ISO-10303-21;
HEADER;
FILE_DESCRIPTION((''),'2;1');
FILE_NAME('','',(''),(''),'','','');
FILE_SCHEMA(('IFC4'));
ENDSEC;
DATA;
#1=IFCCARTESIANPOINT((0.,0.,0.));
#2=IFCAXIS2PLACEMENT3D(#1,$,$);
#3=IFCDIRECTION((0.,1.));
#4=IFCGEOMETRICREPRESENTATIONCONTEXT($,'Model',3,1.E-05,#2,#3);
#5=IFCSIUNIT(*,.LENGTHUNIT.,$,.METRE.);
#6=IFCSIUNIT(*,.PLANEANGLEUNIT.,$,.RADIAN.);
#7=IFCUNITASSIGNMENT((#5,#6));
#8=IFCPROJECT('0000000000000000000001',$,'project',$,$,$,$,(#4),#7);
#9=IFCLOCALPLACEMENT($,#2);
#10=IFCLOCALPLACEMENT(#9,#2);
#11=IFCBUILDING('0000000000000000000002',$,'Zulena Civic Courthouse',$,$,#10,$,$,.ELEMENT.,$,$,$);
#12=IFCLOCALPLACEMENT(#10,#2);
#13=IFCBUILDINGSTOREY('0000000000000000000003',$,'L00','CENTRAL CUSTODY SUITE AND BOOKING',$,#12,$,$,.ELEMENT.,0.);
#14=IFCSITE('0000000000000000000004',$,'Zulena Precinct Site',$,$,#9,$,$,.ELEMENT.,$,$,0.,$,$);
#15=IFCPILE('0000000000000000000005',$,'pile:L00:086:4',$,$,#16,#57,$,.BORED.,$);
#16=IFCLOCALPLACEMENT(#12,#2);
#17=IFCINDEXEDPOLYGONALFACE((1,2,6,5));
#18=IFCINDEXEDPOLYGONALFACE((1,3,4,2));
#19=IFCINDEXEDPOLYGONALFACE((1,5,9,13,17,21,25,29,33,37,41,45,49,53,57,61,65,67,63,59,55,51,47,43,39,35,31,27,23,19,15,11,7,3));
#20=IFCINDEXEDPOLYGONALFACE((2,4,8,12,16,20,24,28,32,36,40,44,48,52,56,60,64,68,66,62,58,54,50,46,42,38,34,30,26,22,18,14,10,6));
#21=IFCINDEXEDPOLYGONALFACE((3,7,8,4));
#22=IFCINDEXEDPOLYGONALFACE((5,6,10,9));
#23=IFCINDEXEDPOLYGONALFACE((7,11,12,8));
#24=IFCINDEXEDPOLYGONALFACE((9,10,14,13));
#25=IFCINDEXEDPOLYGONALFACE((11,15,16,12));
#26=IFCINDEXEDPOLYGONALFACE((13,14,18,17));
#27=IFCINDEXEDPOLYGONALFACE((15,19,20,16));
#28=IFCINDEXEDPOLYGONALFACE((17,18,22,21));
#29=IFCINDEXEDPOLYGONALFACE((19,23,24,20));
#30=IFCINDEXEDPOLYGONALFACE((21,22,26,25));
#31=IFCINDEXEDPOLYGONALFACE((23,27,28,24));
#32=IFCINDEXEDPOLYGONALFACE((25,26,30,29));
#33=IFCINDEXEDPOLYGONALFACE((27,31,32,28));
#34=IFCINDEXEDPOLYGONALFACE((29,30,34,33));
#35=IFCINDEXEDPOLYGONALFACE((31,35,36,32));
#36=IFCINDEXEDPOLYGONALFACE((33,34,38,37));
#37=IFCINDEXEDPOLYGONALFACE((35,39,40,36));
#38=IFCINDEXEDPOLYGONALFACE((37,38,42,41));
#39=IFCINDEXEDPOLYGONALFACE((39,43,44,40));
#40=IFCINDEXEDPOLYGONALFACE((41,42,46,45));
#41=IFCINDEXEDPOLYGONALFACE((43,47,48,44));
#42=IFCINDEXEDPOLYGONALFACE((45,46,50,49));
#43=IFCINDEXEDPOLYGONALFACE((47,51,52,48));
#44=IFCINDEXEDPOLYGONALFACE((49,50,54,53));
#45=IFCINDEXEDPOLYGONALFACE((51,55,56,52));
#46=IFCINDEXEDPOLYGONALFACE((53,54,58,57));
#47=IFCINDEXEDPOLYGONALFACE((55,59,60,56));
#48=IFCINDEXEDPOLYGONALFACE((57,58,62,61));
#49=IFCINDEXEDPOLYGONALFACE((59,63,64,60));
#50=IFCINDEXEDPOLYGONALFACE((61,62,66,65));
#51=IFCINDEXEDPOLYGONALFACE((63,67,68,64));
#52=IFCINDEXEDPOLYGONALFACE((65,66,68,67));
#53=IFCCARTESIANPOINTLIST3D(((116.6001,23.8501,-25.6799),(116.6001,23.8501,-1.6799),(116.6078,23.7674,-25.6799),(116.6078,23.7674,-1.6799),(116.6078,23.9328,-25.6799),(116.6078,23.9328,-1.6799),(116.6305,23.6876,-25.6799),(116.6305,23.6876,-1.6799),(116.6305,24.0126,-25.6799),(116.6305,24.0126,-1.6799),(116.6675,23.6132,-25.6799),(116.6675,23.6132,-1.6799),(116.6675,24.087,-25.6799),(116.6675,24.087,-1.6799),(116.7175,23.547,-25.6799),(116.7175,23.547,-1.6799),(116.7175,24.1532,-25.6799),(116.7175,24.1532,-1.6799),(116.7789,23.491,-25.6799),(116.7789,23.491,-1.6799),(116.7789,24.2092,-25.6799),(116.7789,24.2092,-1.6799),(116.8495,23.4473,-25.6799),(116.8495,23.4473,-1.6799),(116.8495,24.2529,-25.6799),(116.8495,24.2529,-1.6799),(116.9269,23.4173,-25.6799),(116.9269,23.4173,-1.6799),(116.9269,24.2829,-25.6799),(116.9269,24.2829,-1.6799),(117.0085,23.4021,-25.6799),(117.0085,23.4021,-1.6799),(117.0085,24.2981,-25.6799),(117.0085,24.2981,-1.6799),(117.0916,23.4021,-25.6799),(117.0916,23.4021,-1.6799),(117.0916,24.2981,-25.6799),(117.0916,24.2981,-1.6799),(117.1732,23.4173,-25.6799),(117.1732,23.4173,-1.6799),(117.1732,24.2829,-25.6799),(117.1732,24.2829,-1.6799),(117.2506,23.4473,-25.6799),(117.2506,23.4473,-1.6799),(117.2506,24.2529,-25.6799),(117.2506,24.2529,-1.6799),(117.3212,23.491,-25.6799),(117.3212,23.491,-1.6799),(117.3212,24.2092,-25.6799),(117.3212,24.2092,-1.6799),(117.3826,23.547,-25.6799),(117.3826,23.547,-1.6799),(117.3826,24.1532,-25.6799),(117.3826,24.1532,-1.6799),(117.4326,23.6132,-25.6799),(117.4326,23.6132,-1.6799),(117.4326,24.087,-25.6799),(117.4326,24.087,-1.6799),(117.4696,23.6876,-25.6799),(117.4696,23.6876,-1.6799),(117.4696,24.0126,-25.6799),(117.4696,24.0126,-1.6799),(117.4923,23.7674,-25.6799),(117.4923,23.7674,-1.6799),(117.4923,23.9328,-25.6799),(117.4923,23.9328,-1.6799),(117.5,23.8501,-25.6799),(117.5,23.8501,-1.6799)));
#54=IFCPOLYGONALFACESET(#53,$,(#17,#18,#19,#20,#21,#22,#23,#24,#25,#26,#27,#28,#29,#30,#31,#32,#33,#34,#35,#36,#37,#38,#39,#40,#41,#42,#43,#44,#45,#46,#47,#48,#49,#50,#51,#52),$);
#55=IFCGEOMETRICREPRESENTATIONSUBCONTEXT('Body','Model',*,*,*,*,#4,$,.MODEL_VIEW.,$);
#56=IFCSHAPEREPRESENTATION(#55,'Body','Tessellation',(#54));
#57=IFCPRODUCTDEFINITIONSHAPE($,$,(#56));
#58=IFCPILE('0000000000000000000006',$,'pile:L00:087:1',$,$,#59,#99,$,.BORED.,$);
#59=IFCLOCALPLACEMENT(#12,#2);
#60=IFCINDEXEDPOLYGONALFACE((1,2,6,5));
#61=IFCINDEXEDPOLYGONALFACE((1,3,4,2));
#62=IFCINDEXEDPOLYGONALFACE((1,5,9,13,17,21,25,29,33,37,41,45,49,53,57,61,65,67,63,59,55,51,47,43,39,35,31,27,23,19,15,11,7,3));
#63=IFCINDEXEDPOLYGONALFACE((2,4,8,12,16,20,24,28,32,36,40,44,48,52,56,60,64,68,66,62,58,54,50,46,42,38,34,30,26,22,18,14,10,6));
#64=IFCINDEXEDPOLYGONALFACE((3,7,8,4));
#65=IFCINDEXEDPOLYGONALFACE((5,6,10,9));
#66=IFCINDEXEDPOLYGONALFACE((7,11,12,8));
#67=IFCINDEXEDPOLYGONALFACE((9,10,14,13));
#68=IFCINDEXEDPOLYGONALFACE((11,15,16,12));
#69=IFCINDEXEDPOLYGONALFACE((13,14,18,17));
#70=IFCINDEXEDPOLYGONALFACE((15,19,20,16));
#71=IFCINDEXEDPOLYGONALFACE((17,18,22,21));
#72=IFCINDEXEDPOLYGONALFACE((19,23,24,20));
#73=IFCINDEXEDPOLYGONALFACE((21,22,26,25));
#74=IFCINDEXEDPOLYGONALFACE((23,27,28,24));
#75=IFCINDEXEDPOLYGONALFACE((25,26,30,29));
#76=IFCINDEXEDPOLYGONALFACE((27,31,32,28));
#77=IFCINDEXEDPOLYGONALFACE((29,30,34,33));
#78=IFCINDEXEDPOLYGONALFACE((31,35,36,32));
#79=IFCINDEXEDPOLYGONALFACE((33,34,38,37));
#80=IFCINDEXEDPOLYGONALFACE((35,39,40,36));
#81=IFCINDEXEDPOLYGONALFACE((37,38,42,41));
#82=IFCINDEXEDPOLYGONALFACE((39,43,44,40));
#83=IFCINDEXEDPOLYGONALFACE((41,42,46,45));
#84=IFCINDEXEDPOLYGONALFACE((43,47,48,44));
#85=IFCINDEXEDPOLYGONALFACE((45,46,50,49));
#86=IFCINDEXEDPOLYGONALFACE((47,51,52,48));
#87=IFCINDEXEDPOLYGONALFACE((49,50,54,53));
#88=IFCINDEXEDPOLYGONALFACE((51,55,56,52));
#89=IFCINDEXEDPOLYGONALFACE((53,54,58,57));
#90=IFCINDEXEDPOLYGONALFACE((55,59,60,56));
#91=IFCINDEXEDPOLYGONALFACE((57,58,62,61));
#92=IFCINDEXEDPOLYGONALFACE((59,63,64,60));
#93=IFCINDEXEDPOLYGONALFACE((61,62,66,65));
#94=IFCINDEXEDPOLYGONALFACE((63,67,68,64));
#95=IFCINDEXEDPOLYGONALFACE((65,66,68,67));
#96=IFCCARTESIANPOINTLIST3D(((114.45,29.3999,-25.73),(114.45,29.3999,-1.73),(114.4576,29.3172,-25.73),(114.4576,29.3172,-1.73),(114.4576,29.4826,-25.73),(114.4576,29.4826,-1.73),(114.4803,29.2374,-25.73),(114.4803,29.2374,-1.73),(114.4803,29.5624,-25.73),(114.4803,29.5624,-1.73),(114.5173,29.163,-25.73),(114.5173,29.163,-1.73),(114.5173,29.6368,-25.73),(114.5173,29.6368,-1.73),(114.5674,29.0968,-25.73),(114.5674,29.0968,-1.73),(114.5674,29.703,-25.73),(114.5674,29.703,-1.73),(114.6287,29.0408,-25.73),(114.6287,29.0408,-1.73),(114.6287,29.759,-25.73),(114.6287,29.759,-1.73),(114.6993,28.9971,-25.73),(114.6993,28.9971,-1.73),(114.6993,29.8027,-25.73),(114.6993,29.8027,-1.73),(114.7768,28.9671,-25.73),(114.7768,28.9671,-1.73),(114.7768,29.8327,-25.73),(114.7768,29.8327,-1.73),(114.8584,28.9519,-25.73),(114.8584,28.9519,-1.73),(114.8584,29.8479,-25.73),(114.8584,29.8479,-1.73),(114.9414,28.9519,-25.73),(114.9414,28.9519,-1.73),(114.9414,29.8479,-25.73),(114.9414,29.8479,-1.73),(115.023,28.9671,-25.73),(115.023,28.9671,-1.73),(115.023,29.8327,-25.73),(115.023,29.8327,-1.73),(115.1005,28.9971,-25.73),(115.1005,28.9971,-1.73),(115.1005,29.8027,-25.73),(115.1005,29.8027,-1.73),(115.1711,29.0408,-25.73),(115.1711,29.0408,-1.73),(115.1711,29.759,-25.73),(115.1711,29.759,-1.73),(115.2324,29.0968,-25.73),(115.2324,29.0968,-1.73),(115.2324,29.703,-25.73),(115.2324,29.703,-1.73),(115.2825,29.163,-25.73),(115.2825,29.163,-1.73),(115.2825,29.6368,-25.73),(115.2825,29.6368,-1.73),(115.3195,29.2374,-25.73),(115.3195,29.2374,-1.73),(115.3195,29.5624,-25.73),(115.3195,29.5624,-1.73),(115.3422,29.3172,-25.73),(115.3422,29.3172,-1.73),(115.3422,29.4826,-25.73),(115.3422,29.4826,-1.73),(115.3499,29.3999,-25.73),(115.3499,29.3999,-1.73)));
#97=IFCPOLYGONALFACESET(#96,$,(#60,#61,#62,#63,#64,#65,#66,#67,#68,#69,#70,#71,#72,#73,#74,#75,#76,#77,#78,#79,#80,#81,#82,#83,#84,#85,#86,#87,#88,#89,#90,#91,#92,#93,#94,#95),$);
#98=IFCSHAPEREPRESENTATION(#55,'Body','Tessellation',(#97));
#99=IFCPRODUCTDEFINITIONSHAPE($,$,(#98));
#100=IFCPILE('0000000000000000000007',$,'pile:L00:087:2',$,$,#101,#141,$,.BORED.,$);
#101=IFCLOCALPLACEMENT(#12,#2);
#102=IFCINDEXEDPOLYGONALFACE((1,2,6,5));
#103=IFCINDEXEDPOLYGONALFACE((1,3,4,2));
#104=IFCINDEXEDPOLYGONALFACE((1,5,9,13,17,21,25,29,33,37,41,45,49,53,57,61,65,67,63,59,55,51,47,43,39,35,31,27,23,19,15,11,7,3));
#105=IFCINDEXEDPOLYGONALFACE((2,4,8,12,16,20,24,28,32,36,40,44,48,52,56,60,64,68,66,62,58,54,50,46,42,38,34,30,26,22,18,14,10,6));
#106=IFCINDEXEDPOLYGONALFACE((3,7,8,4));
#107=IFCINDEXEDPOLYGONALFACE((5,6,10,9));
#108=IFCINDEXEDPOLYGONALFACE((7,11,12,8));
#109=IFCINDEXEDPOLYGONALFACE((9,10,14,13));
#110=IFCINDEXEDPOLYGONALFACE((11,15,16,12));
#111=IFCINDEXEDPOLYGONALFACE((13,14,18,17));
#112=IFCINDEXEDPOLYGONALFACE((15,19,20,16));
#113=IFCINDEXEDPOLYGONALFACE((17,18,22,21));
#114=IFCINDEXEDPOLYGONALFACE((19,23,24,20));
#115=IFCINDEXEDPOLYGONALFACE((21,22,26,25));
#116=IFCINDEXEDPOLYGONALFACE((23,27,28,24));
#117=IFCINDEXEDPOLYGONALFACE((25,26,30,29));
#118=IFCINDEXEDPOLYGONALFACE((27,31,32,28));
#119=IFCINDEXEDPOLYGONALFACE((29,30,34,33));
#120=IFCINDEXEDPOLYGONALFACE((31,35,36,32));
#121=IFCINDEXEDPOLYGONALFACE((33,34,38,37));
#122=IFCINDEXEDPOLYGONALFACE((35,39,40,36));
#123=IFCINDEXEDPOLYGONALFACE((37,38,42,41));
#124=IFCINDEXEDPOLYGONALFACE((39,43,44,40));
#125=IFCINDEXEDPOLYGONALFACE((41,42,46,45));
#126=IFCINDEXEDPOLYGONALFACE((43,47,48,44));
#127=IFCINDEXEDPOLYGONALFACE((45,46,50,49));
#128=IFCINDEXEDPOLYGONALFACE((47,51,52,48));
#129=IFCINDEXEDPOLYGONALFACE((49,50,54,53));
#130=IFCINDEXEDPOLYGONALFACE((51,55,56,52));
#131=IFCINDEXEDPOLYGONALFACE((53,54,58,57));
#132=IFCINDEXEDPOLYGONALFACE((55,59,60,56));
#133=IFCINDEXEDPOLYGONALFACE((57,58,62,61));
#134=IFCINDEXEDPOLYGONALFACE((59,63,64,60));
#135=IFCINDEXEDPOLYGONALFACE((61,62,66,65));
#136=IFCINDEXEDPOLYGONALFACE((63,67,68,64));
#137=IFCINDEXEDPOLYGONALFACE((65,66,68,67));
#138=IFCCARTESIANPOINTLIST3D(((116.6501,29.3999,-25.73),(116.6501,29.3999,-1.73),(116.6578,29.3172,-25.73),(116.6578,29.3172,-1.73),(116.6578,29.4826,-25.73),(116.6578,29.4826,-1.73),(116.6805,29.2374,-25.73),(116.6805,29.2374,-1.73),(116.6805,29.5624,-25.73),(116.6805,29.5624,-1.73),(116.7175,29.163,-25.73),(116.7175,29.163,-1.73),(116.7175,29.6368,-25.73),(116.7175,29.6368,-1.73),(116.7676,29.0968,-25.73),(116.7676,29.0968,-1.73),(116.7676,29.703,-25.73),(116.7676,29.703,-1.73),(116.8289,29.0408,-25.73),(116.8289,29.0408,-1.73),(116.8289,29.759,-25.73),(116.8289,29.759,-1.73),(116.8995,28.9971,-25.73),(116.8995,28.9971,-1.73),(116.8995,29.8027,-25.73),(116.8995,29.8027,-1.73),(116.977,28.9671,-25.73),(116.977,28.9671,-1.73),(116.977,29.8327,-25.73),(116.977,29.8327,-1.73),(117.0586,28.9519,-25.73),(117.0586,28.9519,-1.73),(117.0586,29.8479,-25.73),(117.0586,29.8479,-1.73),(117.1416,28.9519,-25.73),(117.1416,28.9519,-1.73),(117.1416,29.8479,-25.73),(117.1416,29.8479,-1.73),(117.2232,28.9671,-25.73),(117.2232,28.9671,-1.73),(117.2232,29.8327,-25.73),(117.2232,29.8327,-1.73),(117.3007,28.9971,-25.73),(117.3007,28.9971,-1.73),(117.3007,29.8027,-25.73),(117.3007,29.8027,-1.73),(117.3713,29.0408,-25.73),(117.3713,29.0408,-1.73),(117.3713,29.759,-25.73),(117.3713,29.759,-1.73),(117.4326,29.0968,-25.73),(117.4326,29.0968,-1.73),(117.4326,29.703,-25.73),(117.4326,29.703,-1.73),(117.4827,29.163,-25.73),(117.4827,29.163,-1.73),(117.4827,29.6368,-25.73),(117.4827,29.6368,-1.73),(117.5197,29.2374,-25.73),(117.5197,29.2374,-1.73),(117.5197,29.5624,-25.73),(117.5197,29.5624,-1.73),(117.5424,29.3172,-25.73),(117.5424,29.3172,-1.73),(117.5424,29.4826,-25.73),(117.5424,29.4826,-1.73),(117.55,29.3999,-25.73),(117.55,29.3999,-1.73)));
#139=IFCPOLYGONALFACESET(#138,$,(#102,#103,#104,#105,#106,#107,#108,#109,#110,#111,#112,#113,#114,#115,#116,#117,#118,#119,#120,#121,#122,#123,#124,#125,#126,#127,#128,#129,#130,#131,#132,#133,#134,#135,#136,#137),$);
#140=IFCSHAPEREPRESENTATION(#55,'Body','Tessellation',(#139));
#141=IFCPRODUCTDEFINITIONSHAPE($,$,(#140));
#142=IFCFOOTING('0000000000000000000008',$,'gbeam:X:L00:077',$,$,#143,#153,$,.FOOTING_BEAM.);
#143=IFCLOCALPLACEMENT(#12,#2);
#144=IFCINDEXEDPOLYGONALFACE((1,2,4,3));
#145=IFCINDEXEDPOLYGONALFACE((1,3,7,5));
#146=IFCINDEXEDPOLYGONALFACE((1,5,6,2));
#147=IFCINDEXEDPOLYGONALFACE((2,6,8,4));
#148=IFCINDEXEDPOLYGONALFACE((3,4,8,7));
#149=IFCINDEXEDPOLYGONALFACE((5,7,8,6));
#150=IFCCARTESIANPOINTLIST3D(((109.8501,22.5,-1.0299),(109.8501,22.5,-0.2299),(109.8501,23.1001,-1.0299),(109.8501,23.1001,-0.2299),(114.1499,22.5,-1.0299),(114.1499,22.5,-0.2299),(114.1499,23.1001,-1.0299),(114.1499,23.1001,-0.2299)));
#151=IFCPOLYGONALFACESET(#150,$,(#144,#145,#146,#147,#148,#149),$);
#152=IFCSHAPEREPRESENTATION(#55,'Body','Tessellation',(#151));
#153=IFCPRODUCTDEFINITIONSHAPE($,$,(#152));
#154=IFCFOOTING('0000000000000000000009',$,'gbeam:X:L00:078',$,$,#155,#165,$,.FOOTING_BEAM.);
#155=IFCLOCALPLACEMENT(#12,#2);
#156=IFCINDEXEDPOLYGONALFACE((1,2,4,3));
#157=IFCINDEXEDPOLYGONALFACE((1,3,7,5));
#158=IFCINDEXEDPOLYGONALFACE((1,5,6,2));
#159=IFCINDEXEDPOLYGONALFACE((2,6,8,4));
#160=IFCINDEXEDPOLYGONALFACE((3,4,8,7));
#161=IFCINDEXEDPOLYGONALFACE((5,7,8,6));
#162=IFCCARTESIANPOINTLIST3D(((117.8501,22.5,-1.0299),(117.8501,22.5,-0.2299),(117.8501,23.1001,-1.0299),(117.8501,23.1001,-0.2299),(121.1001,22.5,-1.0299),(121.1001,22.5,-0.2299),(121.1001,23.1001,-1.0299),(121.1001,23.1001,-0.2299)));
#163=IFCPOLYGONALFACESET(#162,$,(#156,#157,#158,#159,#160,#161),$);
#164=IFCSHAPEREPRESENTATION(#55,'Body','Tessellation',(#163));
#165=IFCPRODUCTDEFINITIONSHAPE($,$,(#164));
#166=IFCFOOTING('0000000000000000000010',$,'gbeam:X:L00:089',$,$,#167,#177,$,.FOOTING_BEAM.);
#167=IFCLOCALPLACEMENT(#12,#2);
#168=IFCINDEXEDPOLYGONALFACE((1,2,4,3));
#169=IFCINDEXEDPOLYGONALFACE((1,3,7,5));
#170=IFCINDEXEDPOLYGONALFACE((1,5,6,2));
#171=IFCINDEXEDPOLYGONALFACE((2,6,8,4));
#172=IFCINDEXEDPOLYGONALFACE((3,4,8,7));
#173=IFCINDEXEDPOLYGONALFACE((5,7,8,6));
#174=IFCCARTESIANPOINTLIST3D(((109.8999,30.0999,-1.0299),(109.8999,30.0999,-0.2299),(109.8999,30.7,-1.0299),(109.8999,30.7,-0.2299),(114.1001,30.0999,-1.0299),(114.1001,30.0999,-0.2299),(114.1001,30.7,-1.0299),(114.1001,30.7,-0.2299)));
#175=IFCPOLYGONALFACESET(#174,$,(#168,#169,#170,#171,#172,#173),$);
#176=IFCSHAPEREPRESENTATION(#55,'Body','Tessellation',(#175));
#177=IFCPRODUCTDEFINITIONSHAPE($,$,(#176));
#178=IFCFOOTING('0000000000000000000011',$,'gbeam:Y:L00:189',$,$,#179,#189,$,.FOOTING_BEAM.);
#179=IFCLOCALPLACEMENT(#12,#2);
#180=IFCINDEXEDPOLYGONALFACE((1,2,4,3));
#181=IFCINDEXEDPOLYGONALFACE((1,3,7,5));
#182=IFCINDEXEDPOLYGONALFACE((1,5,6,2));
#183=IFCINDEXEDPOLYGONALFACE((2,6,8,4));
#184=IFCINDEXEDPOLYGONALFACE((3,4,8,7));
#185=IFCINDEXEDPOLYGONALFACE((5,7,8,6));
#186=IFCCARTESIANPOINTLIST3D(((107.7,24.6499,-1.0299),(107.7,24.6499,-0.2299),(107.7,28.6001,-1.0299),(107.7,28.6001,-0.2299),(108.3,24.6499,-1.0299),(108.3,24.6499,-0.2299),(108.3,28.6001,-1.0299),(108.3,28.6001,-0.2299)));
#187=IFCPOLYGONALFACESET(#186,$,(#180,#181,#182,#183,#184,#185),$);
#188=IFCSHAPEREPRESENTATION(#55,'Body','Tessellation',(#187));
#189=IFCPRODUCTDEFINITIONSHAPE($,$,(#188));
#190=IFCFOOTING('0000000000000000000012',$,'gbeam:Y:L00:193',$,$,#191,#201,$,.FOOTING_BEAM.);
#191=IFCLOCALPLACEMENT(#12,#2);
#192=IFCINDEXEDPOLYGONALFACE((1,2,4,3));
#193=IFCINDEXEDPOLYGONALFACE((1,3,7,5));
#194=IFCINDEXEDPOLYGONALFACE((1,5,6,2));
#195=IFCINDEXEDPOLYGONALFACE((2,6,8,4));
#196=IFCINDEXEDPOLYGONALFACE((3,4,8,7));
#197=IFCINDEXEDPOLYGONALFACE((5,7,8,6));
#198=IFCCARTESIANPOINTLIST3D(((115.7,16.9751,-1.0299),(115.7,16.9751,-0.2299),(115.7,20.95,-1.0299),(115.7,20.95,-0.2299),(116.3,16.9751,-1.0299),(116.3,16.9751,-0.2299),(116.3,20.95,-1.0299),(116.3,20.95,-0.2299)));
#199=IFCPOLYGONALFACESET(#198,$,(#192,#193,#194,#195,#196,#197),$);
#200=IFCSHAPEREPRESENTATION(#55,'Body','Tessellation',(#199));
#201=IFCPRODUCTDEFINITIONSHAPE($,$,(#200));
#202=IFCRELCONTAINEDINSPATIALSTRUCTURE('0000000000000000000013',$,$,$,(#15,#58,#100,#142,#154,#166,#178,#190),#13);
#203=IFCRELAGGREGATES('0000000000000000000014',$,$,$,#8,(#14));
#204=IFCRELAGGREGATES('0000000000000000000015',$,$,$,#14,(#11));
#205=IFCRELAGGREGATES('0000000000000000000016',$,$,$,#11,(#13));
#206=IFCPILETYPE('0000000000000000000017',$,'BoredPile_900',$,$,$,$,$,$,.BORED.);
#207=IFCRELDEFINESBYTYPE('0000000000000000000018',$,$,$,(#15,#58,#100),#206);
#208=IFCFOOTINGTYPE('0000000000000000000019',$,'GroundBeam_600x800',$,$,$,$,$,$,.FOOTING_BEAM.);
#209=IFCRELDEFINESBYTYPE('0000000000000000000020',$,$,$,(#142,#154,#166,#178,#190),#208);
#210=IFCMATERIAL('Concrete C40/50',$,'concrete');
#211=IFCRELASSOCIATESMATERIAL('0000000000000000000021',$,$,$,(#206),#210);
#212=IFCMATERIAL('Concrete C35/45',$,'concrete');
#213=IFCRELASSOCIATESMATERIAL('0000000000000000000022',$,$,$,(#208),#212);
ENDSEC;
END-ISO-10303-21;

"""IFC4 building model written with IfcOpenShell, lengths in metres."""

from ifc_helpers import new_model, si_unit, direction, frame, origin, origin_2d, place, context, subcontext, project, spatial, rectangle, circle, extrude, material, material_profile, profile_set, type_object, element, save


model = new_model("IFC4")

# Units and contexts
model_context = context("Model", 3, precision=1e-05, world=origin(), true_north=direction((0.0, 1.0)))
body_context = subcontext(model_context, "Body", "Model", "MODEL_VIEW")
ifc_project = project(units=[si_unit("LENGTHUNIT", "METRE"), si_unit("PLANEANGLEUNIT", "RADIAN")], contexts=[model_context])

# Site, building, storey
site_placement = place(None, origin())
site = spatial("IfcSite", under=ifc_project, at=site_placement, Name="Zulena Precinct Site", CompositionType="ELEMENT", RefElevation=0.0)
building_placement = place(site_placement, origin())
building = spatial("IfcBuilding", under=site, at=building_placement, Name="Zulena Civic Courthouse", CompositionType="ELEMENT")
storey_placement = place(building_placement, origin())
storey = spatial("IfcBuildingStorey", under=building, at=storey_placement, Name="L00", Description="CENTRAL CUSTODY SUITE AND BOOKING", CompositionType="ELEMENT", Elevation=0.0)

# Piles
ifc_material_1 = material(Name="Concrete C40/50", Category="concrete")
ifc_material_profile_1 = material_profile(ifc_material_1, circle(Radius=0.45, at=origin_2d()), Name="PILE900")
ifc_profile_set_1 = profile_set([ifc_material_profile_1], Name="Concrete C40/50")
pile_type_1 = type_object("IfcPileType", Name="BoredPile_900", PredefinedType="BORED", material=ifc_profile_set_1)
for number, where, z_axis, x_axis, name in (
    (1, (117.05, 23.8501, -1.6799), (0.0, 0.0, -1.0), (1.0, 0.0, 0.0), "pile:L00:086:4"),
    (2, (114.8999, 29.3999, -1.73), (0.0, 0.0, -1.0), (1.0, 0.0, 0.0), "pile:L00:087:1"),
    (3, (117.1001, 29.3999, -1.73), (0.0, 0.0, -1.0), (1.0, 0.0, 0.0), "pile:L00:087:2"),
):
    element("IfcPile", number, at=place(storey_placement, frame(where, z_axis=z_axis, x_axis=x_axis)), inside=storey, type_object=pile_type_1, Name=name, PredefinedType="BORED", context=body_context, shape_type="SweptSolid", body=[
        extrude(circle(Radius=0.45, at=origin_2d()), origin(), (0.0, 0.0, 1.0), 24.0),
    ])

# Footings
ifc_material_2 = material(Name="Concrete C35/45", Category="concrete")
ifc_material_profile_2 = material_profile(ifc_material_2, rectangle(XDim=0.6001, YDim=0.8, at=origin_2d()), Name="RC600X800")
ifc_profile_set_2 = profile_set([ifc_material_profile_2], Name="Concrete C35/45")
footing_type_1 = type_object("IfcFootingType", Name="GroundBeam_600x800", PredefinedType="FOOTING_BEAM", material=ifc_profile_set_2)
footing_1_placement = place(storey_placement, frame((109.8501, 22.8, -0.6299), z_axis=(1.0, 0.0, 0.0), x_axis=(0.0, 1.0, 0.0)))
element("IfcFooting", 4, at=footing_1_placement, inside=storey, type_object=footing_type_1, Name="gbeam:X:L00:077", PredefinedType="FOOTING_BEAM", context=body_context, shape_type="SweptSolid", body=[
    extrude(rectangle(XDim=0.6001, YDim=0.8, at=origin_2d()), origin(), (0.0, 0.0, 1.0), 4.2998),
])
footing_2_placement = place(storey_placement, frame((117.8501, 22.8, -0.6299), z_axis=(1.0, 0.0, 0.0), x_axis=(0.0, 1.0, 0.0)))
element("IfcFooting", 5, at=footing_2_placement, inside=storey, type_object=footing_type_1, Name="gbeam:X:L00:078", PredefinedType="FOOTING_BEAM", context=body_context, shape_type="SweptSolid", body=[
    extrude(rectangle(XDim=0.6001, YDim=0.8, at=origin_2d()), origin(), (0.0, 0.0, 1.0), 3.25),
])
footing_3_placement = place(storey_placement, frame((109.8999, 30.3999, -0.6299), z_axis=(1.0, 0.0, 0.0), x_axis=(0.0, 1.0, 0.0)))
element("IfcFooting", 6, at=footing_3_placement, inside=storey, type_object=footing_type_1, Name="gbeam:X:L00:089", PredefinedType="FOOTING_BEAM", context=body_context, shape_type="SweptSolid", body=[
    extrude(rectangle(XDim=0.6001, YDim=0.8, at=origin_2d()), origin(), (0.0, 0.0, 1.0), 4.2002),
])
footing_4_placement = place(storey_placement, frame((108.0, 24.6499, -0.6299), z_axis=(0.0, 1.0, 0.0), x_axis=(-1.0, 0.0, 0.0)))
element("IfcFooting", 7, at=footing_4_placement, inside=storey, type_object=footing_type_1, Name="gbeam:Y:L00:189", PredefinedType="FOOTING_BEAM", context=body_context, shape_type="SweptSolid", body=[
    extrude(rectangle(XDim=0.6001, YDim=0.8, at=origin_2d()), origin(), (0.0, 0.0, 1.0), 3.9502),
])
footing_5_placement = place(storey_placement, frame((116.0, 16.9751, -0.6299), z_axis=(0.0, 1.0, 0.0), x_axis=(-1.0, 0.0, 0.0)))
element("IfcFooting", 8, at=footing_5_placement, inside=storey, type_object=footing_type_1, Name="gbeam:Y:L00:193", PredefinedType="FOOTING_BEAM", context=body_context, shape_type="SweptSolid", body=[
    extrude(rectangle(XDim=0.6001, YDim=0.8, at=origin_2d()), origin(), (0.0, 0.0, 1.0), 3.9749),
])

save(model, "model.ifc")
